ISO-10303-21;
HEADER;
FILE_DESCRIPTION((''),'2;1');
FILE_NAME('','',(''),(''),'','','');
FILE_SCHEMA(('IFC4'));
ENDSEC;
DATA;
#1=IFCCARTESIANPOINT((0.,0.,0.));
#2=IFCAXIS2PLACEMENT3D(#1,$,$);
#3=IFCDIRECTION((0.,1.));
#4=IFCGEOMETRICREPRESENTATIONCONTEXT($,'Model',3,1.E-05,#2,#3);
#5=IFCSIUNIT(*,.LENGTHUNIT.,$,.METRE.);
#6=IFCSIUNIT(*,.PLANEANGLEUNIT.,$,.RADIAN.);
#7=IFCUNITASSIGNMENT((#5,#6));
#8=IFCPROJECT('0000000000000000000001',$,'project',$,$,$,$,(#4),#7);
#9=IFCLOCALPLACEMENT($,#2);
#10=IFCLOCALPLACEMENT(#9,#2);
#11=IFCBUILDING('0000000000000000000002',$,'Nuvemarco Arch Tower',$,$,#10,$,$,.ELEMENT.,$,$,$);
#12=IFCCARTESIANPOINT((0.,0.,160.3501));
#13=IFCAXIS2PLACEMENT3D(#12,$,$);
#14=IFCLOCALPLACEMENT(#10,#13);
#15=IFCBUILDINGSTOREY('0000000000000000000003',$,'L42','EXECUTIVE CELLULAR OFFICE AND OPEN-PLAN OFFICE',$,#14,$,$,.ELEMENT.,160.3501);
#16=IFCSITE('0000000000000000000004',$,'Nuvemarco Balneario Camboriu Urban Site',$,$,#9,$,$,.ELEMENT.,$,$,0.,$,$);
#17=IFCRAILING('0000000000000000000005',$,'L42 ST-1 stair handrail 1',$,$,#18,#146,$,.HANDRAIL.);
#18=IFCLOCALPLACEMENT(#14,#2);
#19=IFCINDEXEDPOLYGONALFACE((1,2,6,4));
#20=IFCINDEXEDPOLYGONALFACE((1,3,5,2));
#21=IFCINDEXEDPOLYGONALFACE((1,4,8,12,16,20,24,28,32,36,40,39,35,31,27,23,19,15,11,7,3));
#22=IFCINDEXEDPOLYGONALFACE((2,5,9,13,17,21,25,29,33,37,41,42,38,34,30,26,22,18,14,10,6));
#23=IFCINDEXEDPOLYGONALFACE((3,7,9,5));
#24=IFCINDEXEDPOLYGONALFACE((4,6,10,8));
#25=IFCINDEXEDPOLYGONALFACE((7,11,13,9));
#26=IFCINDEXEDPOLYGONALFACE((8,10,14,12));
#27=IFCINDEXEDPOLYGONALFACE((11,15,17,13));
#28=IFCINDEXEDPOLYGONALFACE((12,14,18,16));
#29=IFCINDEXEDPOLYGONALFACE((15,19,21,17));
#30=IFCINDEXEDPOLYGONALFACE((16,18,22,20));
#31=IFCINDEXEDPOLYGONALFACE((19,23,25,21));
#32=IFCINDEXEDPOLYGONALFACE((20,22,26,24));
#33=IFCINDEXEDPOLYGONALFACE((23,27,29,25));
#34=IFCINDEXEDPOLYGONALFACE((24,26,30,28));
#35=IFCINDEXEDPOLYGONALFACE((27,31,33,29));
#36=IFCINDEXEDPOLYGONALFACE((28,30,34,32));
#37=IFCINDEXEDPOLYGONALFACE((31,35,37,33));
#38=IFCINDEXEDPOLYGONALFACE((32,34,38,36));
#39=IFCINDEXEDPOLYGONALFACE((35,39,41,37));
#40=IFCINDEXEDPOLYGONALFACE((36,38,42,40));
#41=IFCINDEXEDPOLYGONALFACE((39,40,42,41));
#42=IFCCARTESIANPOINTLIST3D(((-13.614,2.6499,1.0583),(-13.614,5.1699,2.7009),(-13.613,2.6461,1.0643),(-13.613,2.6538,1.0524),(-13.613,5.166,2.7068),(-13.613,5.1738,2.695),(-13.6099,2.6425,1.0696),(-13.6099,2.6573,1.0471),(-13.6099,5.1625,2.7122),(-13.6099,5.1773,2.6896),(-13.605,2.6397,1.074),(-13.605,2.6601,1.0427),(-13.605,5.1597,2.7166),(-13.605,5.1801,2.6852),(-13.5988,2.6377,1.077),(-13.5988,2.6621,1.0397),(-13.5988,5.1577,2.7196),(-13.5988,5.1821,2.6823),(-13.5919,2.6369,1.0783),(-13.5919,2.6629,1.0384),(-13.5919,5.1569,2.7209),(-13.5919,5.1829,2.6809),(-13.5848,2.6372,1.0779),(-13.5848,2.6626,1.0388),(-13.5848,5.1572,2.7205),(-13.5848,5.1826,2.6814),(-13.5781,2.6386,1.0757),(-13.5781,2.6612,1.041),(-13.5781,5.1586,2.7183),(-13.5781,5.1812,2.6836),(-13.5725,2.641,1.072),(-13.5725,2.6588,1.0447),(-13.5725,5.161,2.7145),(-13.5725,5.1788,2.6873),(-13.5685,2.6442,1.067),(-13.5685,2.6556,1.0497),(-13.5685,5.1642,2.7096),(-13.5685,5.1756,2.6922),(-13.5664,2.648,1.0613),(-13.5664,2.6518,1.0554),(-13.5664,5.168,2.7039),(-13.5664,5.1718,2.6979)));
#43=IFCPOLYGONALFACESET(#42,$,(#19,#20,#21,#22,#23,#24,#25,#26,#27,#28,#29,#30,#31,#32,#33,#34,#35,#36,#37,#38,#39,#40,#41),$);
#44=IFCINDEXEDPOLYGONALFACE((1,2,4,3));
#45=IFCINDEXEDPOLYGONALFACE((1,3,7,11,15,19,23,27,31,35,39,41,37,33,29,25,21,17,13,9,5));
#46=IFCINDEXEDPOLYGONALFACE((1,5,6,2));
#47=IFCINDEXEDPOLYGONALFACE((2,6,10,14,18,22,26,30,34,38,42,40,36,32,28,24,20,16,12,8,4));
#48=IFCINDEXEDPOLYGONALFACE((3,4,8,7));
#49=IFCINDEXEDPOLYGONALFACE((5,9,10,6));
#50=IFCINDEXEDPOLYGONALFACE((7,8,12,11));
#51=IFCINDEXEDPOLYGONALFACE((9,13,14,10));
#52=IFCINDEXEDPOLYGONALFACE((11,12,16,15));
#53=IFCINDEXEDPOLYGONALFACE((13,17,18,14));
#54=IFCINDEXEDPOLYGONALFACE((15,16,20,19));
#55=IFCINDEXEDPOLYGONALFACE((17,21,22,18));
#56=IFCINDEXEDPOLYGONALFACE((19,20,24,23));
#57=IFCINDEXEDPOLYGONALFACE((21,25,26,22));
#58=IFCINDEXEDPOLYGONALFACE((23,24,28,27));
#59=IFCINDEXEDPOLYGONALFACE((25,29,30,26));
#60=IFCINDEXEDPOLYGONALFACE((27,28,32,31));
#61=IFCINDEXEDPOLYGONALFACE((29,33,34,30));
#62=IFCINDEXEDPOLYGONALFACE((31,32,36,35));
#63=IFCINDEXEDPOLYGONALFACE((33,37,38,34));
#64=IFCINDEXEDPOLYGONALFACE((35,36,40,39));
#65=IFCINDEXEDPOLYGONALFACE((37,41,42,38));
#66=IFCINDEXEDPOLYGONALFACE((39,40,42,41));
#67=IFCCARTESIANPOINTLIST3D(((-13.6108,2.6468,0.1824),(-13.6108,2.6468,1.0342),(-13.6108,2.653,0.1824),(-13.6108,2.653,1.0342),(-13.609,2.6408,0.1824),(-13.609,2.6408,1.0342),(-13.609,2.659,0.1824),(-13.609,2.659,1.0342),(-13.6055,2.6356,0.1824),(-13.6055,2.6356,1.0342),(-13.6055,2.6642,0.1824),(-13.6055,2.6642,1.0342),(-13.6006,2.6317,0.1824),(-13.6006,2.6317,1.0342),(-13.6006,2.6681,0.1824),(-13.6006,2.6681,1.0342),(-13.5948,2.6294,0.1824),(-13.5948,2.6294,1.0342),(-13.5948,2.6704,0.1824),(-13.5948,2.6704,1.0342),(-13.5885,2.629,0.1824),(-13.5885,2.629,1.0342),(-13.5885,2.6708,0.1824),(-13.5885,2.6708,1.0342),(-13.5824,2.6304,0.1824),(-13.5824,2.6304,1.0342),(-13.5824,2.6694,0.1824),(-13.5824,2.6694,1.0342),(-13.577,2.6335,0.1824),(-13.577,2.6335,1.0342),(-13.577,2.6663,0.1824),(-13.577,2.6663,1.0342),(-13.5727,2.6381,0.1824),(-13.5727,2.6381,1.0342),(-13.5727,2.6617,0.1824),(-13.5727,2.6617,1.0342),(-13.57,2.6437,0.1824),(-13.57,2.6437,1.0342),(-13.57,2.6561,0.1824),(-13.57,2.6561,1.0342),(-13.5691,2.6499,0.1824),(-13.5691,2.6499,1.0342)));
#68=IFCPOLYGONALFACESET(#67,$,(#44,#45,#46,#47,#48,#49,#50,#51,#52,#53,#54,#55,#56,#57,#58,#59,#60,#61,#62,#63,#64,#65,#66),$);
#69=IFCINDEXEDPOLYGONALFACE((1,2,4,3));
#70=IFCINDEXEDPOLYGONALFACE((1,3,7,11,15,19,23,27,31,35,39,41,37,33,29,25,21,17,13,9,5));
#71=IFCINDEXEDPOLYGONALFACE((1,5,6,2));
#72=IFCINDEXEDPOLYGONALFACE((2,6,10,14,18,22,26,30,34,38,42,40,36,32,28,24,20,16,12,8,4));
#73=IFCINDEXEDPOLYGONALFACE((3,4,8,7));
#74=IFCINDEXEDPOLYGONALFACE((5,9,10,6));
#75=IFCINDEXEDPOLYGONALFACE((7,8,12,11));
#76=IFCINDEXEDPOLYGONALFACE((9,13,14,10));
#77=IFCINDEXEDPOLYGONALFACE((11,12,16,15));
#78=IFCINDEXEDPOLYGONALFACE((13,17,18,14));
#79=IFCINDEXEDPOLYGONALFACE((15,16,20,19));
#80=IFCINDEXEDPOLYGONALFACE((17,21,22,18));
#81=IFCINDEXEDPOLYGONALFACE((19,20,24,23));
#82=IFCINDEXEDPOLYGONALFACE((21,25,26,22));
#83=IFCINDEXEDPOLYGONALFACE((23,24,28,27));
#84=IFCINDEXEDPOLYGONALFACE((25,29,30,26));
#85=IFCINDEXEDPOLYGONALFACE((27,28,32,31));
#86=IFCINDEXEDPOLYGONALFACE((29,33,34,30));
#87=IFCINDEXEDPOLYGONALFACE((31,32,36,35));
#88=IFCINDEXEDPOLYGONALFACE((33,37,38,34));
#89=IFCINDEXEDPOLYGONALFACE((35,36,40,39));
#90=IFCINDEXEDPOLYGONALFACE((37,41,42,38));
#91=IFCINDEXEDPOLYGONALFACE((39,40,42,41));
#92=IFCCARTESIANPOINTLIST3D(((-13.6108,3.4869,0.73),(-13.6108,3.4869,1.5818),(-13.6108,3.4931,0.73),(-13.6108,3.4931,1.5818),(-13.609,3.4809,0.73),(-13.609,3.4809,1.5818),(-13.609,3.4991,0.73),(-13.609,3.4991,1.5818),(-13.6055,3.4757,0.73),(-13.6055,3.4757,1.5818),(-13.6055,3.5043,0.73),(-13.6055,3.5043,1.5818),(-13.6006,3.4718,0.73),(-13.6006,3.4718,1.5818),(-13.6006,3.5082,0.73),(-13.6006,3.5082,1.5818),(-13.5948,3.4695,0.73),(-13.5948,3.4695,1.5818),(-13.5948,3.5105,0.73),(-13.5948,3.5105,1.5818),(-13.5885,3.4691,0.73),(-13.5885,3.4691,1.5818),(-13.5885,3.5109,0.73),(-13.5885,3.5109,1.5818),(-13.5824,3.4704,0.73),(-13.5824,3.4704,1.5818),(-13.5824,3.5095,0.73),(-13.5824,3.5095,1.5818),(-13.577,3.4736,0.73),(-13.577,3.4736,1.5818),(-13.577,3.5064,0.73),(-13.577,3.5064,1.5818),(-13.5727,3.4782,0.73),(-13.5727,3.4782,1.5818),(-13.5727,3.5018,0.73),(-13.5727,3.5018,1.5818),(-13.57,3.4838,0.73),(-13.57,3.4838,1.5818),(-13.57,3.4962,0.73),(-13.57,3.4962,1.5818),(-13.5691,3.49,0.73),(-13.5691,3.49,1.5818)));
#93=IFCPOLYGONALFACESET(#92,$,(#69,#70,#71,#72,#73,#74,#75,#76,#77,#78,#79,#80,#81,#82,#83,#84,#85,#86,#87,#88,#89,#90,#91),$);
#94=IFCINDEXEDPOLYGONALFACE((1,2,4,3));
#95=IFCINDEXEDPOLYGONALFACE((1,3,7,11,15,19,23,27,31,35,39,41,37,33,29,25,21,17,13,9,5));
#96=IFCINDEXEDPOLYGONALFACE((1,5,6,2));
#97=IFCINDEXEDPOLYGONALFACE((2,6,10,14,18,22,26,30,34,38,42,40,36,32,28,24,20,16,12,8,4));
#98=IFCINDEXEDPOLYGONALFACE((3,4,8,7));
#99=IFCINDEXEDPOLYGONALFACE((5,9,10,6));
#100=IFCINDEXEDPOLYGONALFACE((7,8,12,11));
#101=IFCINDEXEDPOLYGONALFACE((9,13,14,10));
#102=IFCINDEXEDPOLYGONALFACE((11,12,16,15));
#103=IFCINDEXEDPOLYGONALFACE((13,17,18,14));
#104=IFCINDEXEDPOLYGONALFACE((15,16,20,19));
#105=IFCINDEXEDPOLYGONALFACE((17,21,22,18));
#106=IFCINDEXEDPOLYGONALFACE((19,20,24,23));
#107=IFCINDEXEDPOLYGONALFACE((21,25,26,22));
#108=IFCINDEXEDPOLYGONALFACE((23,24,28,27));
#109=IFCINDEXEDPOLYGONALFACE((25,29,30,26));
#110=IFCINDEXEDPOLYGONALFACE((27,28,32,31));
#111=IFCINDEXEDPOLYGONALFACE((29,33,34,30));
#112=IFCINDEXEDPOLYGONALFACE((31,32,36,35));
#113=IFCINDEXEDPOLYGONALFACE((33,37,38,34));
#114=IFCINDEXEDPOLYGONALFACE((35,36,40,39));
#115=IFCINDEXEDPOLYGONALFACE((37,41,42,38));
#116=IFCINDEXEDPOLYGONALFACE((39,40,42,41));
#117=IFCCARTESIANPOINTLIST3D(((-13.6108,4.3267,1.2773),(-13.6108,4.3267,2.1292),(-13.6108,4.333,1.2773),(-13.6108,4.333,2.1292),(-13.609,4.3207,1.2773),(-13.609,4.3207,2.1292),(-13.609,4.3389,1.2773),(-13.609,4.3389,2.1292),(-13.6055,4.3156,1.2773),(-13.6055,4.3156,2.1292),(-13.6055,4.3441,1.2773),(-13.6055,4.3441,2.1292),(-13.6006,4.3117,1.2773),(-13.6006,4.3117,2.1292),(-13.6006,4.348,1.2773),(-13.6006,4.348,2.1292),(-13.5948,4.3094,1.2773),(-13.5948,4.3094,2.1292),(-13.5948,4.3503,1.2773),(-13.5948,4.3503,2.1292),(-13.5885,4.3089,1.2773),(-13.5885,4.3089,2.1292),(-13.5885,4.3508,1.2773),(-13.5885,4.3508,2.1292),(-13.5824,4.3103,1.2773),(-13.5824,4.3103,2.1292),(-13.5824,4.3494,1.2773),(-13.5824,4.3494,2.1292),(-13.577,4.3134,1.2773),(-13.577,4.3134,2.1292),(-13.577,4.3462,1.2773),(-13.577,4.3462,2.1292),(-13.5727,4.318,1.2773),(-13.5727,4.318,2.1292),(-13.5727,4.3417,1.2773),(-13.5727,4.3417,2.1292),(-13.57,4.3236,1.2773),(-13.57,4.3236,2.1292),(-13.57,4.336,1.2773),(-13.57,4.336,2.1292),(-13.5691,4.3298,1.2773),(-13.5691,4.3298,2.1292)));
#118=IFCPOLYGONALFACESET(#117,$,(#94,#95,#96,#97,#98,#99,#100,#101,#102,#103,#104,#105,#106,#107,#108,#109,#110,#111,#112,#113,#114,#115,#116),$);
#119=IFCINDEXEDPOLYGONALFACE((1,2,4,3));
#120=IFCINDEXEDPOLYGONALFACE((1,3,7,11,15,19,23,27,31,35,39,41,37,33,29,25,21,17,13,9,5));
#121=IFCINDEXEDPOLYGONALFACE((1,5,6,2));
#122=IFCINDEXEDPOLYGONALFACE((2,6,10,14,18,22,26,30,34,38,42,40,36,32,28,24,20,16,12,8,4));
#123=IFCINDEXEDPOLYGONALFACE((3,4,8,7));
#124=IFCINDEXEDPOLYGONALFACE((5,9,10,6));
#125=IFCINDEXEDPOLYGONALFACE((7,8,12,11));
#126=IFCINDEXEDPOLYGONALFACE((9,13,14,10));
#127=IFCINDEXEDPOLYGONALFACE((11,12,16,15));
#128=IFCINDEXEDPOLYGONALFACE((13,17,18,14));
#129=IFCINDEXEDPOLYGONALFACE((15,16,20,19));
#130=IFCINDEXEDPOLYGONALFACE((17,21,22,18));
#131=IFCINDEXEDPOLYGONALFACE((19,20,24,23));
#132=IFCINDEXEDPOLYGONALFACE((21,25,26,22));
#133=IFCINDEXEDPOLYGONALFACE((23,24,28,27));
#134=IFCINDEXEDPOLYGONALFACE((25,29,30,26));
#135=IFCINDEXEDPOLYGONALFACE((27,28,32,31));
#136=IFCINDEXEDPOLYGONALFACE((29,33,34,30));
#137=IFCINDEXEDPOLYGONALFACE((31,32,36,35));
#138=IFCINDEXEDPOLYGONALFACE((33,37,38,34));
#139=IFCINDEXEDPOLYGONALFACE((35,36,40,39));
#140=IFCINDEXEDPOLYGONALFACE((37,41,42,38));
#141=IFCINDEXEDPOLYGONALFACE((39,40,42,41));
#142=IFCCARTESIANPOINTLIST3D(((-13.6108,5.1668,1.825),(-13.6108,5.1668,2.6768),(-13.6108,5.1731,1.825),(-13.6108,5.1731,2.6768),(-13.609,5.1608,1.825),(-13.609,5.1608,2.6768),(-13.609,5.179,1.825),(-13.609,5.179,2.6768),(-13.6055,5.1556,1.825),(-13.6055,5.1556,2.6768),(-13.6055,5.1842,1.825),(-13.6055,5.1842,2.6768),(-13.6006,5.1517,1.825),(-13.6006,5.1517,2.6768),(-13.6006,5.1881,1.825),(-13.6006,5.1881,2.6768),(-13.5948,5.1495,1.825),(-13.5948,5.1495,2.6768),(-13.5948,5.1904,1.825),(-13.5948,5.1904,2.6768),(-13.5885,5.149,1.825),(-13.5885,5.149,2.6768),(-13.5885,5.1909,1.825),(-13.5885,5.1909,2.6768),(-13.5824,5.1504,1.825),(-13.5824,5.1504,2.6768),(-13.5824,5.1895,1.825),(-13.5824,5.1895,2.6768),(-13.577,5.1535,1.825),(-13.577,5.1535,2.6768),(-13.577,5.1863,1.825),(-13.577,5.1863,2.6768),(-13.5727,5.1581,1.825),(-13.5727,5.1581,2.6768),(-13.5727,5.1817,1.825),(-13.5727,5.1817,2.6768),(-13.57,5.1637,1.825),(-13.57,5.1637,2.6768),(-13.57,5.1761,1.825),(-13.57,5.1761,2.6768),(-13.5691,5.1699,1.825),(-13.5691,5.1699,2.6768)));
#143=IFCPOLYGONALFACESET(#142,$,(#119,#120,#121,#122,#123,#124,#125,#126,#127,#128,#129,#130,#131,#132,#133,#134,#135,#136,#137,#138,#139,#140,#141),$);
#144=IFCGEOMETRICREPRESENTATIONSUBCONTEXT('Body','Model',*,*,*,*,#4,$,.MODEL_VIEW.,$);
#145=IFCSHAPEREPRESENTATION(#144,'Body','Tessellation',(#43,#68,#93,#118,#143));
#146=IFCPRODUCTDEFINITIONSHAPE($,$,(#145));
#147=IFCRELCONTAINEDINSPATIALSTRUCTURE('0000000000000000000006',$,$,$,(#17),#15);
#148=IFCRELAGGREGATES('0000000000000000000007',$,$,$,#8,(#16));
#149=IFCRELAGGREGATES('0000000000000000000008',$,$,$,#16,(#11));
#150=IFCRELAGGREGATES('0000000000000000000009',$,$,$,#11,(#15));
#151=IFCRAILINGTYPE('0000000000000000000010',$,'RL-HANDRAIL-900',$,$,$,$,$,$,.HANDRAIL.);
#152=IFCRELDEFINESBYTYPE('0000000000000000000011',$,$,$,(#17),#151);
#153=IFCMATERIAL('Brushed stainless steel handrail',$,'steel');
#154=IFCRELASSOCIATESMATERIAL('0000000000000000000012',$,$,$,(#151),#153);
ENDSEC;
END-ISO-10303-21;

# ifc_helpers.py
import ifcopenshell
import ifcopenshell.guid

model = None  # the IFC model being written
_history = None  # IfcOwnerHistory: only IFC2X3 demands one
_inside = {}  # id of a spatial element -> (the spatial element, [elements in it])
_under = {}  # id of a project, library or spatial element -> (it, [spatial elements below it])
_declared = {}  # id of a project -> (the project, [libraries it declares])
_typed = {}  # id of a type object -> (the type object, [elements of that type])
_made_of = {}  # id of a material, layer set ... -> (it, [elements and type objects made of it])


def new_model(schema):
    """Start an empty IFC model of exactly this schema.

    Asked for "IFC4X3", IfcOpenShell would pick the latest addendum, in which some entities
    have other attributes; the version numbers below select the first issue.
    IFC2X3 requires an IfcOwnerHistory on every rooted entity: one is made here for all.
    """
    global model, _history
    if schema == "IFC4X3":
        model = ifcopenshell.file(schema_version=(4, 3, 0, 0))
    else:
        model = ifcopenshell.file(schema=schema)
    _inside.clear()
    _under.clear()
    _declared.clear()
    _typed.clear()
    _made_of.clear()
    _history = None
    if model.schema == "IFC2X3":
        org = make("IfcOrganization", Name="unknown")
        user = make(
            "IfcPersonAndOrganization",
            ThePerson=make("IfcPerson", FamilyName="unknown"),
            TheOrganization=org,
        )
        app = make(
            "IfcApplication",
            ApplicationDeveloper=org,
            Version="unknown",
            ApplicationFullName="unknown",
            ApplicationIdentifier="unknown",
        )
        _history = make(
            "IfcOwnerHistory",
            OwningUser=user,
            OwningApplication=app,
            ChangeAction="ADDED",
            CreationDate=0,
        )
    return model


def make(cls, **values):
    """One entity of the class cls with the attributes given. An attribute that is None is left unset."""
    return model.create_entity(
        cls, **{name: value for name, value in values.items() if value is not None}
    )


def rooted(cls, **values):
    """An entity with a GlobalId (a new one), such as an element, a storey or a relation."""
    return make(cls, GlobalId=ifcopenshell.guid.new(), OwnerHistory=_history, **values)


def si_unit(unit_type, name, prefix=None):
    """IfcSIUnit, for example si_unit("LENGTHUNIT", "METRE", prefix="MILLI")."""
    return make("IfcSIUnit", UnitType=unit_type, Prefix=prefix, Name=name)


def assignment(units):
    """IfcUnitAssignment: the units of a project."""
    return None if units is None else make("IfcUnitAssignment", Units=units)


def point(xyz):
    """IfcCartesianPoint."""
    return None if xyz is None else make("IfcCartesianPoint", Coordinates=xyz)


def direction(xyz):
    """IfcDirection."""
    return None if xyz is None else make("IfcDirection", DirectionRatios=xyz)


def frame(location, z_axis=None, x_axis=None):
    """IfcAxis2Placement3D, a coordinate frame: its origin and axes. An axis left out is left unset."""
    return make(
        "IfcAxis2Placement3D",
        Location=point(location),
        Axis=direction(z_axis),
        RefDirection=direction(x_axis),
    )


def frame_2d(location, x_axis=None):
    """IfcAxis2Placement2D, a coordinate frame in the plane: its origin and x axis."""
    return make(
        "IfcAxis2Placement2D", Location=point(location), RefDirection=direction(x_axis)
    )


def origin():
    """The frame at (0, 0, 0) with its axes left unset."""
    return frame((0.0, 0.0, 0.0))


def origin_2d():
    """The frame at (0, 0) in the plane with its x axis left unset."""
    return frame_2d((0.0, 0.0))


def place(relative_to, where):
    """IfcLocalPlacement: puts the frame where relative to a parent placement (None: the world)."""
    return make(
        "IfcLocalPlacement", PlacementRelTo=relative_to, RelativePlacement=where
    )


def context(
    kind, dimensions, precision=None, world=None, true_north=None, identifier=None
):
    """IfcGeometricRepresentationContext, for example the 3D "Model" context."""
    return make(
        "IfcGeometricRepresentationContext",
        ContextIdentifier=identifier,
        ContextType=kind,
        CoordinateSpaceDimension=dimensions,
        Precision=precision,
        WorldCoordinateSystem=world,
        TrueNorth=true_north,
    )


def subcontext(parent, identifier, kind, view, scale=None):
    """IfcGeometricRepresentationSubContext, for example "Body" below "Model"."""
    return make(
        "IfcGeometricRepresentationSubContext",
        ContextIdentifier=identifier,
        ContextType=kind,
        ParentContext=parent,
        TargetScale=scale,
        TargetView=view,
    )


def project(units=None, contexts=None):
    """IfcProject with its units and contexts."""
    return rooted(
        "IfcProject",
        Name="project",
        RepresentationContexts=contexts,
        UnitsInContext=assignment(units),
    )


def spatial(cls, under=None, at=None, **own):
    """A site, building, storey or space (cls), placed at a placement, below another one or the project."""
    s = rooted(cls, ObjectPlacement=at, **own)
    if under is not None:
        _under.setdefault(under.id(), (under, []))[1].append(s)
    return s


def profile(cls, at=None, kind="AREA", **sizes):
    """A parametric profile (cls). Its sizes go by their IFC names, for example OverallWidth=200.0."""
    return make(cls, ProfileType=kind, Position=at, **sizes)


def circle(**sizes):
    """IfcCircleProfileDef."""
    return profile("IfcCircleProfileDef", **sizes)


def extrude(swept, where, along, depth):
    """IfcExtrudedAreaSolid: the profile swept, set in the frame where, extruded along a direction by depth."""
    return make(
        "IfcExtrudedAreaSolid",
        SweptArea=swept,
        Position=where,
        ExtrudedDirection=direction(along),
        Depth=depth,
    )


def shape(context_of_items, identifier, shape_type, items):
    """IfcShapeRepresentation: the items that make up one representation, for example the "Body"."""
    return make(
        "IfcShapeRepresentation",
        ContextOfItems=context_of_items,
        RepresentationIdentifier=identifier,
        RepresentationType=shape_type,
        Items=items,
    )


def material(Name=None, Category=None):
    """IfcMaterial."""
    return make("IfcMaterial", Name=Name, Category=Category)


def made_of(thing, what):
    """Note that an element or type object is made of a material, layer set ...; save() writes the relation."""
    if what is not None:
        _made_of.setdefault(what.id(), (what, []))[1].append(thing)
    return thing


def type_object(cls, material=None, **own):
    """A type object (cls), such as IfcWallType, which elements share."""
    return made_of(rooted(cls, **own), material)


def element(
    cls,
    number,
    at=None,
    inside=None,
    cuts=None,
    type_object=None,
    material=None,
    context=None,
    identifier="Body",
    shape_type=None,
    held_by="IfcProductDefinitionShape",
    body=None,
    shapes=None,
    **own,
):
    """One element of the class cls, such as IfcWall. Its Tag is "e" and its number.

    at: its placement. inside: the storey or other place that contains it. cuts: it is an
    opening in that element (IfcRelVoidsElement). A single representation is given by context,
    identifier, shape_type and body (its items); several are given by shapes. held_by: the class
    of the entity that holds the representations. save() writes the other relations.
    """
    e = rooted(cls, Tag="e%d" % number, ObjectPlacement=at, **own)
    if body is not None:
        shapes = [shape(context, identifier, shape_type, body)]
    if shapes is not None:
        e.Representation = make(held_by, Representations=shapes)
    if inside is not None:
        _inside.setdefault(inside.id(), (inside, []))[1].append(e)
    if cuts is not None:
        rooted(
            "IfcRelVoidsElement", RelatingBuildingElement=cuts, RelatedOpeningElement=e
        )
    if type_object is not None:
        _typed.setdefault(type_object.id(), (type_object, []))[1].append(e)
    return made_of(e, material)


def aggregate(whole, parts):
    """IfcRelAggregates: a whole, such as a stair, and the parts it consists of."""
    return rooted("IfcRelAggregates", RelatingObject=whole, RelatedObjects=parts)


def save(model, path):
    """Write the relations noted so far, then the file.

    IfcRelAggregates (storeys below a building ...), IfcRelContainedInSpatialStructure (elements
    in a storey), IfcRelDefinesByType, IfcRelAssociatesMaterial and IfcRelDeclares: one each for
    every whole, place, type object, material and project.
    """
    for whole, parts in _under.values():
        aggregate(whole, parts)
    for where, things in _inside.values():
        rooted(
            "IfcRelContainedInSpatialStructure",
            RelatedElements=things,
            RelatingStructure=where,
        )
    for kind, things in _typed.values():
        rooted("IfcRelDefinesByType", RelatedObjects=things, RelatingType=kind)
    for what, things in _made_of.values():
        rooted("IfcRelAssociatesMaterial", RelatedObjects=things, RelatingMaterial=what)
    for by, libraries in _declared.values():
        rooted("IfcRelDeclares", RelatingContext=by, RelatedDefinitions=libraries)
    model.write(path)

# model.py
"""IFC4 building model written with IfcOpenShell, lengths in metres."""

from ifc_helpers import new_model, si_unit, direction, frame, origin, origin_2d, place, context, subcontext, project, spatial, circle, extrude, material, type_object, element, save


model = new_model("IFC4")

# Units and contexts
model_context = context("Model", 3, precision=1e-05, world=origin(), true_north=direction((0.0, 1.0)))
body_context = subcontext(model_context, "Body", "Model", "MODEL_VIEW")
ifc_project = project(units=[si_unit("LENGTHUNIT", "METRE"), si_unit("PLANEANGLEUNIT", "RADIAN")], contexts=[model_context])

# Site, building, storey
site_placement = place(None, origin())
site = spatial("IfcSite", under=ifc_project, at=site_placement, Name="Nuvemarco Balneario Camboriu Urban Site", CompositionType="ELEMENT", RefElevation=0.0)
building_placement = place(site_placement, origin())
building = spatial("IfcBuilding", under=site, at=building_placement, Name="Nuvemarco Arch Tower", CompositionType="ELEMENT")
storey_placement = place(building_placement, frame((0.0, 0.0, 160.3501)))
storey = spatial("IfcBuildingStorey", under=building, at=storey_placement, Name="L42", Description="EXECUTIVE CELLULAR OFFICE AND OPEN-PLAN OFFICE", CompositionType="ELEMENT", Elevation=160.3501)

# Railing
ifc_material_1 = material(Name="Brushed stainless steel handrail", Category="steel")
railing_type_1 = type_object("IfcRailingType", Name="RL-HANDRAIL-900", PredefinedType="HANDRAIL", material=ifc_material_1)
railing_1_placement = place(storey_placement, frame((-13.5901, 2.6499, 0.1824)))
element("IfcRailing", 1, at=railing_1_placement, inside=storey, type_object=railing_type_1, Name="L42 ST-1 stair handrail 1", PredefinedType="HANDRAIL", context=body_context, shape_type="SweptSolid", body=[
    extrude(circle(Radius=0.0239, at=origin_2d()), frame((0.0, 0.0, 0.876), z_axis=(0.0, 0.837749, 0.546055), x_axis=(-1.0, 0.0, 0.0)), (0.0, 0.0, 1.0), 3.0081),
    extrude(circle(Radius=0.021, at=origin_2d()), origin(), (0.0, 0.0, 1.0), 0.8518),
    extrude(circle(Radius=0.021, at=origin_2d()), frame((0.0, 0.8401, 0.5476)), (0.0, 0.0, 1.0), 0.8518),
    extrude(circle(Radius=0.021, at=origin_2d()), frame((0.0, 1.6799, 1.095)), (0.0, 0.0, 1.0), 0.8518),
    extrude(circle(Radius=0.021, at=origin_2d()), frame((0.0, 2.52, 1.6426)), (0.0, 0.0, 1.0), 0.8518),
])

save(model, "model.ifc")
